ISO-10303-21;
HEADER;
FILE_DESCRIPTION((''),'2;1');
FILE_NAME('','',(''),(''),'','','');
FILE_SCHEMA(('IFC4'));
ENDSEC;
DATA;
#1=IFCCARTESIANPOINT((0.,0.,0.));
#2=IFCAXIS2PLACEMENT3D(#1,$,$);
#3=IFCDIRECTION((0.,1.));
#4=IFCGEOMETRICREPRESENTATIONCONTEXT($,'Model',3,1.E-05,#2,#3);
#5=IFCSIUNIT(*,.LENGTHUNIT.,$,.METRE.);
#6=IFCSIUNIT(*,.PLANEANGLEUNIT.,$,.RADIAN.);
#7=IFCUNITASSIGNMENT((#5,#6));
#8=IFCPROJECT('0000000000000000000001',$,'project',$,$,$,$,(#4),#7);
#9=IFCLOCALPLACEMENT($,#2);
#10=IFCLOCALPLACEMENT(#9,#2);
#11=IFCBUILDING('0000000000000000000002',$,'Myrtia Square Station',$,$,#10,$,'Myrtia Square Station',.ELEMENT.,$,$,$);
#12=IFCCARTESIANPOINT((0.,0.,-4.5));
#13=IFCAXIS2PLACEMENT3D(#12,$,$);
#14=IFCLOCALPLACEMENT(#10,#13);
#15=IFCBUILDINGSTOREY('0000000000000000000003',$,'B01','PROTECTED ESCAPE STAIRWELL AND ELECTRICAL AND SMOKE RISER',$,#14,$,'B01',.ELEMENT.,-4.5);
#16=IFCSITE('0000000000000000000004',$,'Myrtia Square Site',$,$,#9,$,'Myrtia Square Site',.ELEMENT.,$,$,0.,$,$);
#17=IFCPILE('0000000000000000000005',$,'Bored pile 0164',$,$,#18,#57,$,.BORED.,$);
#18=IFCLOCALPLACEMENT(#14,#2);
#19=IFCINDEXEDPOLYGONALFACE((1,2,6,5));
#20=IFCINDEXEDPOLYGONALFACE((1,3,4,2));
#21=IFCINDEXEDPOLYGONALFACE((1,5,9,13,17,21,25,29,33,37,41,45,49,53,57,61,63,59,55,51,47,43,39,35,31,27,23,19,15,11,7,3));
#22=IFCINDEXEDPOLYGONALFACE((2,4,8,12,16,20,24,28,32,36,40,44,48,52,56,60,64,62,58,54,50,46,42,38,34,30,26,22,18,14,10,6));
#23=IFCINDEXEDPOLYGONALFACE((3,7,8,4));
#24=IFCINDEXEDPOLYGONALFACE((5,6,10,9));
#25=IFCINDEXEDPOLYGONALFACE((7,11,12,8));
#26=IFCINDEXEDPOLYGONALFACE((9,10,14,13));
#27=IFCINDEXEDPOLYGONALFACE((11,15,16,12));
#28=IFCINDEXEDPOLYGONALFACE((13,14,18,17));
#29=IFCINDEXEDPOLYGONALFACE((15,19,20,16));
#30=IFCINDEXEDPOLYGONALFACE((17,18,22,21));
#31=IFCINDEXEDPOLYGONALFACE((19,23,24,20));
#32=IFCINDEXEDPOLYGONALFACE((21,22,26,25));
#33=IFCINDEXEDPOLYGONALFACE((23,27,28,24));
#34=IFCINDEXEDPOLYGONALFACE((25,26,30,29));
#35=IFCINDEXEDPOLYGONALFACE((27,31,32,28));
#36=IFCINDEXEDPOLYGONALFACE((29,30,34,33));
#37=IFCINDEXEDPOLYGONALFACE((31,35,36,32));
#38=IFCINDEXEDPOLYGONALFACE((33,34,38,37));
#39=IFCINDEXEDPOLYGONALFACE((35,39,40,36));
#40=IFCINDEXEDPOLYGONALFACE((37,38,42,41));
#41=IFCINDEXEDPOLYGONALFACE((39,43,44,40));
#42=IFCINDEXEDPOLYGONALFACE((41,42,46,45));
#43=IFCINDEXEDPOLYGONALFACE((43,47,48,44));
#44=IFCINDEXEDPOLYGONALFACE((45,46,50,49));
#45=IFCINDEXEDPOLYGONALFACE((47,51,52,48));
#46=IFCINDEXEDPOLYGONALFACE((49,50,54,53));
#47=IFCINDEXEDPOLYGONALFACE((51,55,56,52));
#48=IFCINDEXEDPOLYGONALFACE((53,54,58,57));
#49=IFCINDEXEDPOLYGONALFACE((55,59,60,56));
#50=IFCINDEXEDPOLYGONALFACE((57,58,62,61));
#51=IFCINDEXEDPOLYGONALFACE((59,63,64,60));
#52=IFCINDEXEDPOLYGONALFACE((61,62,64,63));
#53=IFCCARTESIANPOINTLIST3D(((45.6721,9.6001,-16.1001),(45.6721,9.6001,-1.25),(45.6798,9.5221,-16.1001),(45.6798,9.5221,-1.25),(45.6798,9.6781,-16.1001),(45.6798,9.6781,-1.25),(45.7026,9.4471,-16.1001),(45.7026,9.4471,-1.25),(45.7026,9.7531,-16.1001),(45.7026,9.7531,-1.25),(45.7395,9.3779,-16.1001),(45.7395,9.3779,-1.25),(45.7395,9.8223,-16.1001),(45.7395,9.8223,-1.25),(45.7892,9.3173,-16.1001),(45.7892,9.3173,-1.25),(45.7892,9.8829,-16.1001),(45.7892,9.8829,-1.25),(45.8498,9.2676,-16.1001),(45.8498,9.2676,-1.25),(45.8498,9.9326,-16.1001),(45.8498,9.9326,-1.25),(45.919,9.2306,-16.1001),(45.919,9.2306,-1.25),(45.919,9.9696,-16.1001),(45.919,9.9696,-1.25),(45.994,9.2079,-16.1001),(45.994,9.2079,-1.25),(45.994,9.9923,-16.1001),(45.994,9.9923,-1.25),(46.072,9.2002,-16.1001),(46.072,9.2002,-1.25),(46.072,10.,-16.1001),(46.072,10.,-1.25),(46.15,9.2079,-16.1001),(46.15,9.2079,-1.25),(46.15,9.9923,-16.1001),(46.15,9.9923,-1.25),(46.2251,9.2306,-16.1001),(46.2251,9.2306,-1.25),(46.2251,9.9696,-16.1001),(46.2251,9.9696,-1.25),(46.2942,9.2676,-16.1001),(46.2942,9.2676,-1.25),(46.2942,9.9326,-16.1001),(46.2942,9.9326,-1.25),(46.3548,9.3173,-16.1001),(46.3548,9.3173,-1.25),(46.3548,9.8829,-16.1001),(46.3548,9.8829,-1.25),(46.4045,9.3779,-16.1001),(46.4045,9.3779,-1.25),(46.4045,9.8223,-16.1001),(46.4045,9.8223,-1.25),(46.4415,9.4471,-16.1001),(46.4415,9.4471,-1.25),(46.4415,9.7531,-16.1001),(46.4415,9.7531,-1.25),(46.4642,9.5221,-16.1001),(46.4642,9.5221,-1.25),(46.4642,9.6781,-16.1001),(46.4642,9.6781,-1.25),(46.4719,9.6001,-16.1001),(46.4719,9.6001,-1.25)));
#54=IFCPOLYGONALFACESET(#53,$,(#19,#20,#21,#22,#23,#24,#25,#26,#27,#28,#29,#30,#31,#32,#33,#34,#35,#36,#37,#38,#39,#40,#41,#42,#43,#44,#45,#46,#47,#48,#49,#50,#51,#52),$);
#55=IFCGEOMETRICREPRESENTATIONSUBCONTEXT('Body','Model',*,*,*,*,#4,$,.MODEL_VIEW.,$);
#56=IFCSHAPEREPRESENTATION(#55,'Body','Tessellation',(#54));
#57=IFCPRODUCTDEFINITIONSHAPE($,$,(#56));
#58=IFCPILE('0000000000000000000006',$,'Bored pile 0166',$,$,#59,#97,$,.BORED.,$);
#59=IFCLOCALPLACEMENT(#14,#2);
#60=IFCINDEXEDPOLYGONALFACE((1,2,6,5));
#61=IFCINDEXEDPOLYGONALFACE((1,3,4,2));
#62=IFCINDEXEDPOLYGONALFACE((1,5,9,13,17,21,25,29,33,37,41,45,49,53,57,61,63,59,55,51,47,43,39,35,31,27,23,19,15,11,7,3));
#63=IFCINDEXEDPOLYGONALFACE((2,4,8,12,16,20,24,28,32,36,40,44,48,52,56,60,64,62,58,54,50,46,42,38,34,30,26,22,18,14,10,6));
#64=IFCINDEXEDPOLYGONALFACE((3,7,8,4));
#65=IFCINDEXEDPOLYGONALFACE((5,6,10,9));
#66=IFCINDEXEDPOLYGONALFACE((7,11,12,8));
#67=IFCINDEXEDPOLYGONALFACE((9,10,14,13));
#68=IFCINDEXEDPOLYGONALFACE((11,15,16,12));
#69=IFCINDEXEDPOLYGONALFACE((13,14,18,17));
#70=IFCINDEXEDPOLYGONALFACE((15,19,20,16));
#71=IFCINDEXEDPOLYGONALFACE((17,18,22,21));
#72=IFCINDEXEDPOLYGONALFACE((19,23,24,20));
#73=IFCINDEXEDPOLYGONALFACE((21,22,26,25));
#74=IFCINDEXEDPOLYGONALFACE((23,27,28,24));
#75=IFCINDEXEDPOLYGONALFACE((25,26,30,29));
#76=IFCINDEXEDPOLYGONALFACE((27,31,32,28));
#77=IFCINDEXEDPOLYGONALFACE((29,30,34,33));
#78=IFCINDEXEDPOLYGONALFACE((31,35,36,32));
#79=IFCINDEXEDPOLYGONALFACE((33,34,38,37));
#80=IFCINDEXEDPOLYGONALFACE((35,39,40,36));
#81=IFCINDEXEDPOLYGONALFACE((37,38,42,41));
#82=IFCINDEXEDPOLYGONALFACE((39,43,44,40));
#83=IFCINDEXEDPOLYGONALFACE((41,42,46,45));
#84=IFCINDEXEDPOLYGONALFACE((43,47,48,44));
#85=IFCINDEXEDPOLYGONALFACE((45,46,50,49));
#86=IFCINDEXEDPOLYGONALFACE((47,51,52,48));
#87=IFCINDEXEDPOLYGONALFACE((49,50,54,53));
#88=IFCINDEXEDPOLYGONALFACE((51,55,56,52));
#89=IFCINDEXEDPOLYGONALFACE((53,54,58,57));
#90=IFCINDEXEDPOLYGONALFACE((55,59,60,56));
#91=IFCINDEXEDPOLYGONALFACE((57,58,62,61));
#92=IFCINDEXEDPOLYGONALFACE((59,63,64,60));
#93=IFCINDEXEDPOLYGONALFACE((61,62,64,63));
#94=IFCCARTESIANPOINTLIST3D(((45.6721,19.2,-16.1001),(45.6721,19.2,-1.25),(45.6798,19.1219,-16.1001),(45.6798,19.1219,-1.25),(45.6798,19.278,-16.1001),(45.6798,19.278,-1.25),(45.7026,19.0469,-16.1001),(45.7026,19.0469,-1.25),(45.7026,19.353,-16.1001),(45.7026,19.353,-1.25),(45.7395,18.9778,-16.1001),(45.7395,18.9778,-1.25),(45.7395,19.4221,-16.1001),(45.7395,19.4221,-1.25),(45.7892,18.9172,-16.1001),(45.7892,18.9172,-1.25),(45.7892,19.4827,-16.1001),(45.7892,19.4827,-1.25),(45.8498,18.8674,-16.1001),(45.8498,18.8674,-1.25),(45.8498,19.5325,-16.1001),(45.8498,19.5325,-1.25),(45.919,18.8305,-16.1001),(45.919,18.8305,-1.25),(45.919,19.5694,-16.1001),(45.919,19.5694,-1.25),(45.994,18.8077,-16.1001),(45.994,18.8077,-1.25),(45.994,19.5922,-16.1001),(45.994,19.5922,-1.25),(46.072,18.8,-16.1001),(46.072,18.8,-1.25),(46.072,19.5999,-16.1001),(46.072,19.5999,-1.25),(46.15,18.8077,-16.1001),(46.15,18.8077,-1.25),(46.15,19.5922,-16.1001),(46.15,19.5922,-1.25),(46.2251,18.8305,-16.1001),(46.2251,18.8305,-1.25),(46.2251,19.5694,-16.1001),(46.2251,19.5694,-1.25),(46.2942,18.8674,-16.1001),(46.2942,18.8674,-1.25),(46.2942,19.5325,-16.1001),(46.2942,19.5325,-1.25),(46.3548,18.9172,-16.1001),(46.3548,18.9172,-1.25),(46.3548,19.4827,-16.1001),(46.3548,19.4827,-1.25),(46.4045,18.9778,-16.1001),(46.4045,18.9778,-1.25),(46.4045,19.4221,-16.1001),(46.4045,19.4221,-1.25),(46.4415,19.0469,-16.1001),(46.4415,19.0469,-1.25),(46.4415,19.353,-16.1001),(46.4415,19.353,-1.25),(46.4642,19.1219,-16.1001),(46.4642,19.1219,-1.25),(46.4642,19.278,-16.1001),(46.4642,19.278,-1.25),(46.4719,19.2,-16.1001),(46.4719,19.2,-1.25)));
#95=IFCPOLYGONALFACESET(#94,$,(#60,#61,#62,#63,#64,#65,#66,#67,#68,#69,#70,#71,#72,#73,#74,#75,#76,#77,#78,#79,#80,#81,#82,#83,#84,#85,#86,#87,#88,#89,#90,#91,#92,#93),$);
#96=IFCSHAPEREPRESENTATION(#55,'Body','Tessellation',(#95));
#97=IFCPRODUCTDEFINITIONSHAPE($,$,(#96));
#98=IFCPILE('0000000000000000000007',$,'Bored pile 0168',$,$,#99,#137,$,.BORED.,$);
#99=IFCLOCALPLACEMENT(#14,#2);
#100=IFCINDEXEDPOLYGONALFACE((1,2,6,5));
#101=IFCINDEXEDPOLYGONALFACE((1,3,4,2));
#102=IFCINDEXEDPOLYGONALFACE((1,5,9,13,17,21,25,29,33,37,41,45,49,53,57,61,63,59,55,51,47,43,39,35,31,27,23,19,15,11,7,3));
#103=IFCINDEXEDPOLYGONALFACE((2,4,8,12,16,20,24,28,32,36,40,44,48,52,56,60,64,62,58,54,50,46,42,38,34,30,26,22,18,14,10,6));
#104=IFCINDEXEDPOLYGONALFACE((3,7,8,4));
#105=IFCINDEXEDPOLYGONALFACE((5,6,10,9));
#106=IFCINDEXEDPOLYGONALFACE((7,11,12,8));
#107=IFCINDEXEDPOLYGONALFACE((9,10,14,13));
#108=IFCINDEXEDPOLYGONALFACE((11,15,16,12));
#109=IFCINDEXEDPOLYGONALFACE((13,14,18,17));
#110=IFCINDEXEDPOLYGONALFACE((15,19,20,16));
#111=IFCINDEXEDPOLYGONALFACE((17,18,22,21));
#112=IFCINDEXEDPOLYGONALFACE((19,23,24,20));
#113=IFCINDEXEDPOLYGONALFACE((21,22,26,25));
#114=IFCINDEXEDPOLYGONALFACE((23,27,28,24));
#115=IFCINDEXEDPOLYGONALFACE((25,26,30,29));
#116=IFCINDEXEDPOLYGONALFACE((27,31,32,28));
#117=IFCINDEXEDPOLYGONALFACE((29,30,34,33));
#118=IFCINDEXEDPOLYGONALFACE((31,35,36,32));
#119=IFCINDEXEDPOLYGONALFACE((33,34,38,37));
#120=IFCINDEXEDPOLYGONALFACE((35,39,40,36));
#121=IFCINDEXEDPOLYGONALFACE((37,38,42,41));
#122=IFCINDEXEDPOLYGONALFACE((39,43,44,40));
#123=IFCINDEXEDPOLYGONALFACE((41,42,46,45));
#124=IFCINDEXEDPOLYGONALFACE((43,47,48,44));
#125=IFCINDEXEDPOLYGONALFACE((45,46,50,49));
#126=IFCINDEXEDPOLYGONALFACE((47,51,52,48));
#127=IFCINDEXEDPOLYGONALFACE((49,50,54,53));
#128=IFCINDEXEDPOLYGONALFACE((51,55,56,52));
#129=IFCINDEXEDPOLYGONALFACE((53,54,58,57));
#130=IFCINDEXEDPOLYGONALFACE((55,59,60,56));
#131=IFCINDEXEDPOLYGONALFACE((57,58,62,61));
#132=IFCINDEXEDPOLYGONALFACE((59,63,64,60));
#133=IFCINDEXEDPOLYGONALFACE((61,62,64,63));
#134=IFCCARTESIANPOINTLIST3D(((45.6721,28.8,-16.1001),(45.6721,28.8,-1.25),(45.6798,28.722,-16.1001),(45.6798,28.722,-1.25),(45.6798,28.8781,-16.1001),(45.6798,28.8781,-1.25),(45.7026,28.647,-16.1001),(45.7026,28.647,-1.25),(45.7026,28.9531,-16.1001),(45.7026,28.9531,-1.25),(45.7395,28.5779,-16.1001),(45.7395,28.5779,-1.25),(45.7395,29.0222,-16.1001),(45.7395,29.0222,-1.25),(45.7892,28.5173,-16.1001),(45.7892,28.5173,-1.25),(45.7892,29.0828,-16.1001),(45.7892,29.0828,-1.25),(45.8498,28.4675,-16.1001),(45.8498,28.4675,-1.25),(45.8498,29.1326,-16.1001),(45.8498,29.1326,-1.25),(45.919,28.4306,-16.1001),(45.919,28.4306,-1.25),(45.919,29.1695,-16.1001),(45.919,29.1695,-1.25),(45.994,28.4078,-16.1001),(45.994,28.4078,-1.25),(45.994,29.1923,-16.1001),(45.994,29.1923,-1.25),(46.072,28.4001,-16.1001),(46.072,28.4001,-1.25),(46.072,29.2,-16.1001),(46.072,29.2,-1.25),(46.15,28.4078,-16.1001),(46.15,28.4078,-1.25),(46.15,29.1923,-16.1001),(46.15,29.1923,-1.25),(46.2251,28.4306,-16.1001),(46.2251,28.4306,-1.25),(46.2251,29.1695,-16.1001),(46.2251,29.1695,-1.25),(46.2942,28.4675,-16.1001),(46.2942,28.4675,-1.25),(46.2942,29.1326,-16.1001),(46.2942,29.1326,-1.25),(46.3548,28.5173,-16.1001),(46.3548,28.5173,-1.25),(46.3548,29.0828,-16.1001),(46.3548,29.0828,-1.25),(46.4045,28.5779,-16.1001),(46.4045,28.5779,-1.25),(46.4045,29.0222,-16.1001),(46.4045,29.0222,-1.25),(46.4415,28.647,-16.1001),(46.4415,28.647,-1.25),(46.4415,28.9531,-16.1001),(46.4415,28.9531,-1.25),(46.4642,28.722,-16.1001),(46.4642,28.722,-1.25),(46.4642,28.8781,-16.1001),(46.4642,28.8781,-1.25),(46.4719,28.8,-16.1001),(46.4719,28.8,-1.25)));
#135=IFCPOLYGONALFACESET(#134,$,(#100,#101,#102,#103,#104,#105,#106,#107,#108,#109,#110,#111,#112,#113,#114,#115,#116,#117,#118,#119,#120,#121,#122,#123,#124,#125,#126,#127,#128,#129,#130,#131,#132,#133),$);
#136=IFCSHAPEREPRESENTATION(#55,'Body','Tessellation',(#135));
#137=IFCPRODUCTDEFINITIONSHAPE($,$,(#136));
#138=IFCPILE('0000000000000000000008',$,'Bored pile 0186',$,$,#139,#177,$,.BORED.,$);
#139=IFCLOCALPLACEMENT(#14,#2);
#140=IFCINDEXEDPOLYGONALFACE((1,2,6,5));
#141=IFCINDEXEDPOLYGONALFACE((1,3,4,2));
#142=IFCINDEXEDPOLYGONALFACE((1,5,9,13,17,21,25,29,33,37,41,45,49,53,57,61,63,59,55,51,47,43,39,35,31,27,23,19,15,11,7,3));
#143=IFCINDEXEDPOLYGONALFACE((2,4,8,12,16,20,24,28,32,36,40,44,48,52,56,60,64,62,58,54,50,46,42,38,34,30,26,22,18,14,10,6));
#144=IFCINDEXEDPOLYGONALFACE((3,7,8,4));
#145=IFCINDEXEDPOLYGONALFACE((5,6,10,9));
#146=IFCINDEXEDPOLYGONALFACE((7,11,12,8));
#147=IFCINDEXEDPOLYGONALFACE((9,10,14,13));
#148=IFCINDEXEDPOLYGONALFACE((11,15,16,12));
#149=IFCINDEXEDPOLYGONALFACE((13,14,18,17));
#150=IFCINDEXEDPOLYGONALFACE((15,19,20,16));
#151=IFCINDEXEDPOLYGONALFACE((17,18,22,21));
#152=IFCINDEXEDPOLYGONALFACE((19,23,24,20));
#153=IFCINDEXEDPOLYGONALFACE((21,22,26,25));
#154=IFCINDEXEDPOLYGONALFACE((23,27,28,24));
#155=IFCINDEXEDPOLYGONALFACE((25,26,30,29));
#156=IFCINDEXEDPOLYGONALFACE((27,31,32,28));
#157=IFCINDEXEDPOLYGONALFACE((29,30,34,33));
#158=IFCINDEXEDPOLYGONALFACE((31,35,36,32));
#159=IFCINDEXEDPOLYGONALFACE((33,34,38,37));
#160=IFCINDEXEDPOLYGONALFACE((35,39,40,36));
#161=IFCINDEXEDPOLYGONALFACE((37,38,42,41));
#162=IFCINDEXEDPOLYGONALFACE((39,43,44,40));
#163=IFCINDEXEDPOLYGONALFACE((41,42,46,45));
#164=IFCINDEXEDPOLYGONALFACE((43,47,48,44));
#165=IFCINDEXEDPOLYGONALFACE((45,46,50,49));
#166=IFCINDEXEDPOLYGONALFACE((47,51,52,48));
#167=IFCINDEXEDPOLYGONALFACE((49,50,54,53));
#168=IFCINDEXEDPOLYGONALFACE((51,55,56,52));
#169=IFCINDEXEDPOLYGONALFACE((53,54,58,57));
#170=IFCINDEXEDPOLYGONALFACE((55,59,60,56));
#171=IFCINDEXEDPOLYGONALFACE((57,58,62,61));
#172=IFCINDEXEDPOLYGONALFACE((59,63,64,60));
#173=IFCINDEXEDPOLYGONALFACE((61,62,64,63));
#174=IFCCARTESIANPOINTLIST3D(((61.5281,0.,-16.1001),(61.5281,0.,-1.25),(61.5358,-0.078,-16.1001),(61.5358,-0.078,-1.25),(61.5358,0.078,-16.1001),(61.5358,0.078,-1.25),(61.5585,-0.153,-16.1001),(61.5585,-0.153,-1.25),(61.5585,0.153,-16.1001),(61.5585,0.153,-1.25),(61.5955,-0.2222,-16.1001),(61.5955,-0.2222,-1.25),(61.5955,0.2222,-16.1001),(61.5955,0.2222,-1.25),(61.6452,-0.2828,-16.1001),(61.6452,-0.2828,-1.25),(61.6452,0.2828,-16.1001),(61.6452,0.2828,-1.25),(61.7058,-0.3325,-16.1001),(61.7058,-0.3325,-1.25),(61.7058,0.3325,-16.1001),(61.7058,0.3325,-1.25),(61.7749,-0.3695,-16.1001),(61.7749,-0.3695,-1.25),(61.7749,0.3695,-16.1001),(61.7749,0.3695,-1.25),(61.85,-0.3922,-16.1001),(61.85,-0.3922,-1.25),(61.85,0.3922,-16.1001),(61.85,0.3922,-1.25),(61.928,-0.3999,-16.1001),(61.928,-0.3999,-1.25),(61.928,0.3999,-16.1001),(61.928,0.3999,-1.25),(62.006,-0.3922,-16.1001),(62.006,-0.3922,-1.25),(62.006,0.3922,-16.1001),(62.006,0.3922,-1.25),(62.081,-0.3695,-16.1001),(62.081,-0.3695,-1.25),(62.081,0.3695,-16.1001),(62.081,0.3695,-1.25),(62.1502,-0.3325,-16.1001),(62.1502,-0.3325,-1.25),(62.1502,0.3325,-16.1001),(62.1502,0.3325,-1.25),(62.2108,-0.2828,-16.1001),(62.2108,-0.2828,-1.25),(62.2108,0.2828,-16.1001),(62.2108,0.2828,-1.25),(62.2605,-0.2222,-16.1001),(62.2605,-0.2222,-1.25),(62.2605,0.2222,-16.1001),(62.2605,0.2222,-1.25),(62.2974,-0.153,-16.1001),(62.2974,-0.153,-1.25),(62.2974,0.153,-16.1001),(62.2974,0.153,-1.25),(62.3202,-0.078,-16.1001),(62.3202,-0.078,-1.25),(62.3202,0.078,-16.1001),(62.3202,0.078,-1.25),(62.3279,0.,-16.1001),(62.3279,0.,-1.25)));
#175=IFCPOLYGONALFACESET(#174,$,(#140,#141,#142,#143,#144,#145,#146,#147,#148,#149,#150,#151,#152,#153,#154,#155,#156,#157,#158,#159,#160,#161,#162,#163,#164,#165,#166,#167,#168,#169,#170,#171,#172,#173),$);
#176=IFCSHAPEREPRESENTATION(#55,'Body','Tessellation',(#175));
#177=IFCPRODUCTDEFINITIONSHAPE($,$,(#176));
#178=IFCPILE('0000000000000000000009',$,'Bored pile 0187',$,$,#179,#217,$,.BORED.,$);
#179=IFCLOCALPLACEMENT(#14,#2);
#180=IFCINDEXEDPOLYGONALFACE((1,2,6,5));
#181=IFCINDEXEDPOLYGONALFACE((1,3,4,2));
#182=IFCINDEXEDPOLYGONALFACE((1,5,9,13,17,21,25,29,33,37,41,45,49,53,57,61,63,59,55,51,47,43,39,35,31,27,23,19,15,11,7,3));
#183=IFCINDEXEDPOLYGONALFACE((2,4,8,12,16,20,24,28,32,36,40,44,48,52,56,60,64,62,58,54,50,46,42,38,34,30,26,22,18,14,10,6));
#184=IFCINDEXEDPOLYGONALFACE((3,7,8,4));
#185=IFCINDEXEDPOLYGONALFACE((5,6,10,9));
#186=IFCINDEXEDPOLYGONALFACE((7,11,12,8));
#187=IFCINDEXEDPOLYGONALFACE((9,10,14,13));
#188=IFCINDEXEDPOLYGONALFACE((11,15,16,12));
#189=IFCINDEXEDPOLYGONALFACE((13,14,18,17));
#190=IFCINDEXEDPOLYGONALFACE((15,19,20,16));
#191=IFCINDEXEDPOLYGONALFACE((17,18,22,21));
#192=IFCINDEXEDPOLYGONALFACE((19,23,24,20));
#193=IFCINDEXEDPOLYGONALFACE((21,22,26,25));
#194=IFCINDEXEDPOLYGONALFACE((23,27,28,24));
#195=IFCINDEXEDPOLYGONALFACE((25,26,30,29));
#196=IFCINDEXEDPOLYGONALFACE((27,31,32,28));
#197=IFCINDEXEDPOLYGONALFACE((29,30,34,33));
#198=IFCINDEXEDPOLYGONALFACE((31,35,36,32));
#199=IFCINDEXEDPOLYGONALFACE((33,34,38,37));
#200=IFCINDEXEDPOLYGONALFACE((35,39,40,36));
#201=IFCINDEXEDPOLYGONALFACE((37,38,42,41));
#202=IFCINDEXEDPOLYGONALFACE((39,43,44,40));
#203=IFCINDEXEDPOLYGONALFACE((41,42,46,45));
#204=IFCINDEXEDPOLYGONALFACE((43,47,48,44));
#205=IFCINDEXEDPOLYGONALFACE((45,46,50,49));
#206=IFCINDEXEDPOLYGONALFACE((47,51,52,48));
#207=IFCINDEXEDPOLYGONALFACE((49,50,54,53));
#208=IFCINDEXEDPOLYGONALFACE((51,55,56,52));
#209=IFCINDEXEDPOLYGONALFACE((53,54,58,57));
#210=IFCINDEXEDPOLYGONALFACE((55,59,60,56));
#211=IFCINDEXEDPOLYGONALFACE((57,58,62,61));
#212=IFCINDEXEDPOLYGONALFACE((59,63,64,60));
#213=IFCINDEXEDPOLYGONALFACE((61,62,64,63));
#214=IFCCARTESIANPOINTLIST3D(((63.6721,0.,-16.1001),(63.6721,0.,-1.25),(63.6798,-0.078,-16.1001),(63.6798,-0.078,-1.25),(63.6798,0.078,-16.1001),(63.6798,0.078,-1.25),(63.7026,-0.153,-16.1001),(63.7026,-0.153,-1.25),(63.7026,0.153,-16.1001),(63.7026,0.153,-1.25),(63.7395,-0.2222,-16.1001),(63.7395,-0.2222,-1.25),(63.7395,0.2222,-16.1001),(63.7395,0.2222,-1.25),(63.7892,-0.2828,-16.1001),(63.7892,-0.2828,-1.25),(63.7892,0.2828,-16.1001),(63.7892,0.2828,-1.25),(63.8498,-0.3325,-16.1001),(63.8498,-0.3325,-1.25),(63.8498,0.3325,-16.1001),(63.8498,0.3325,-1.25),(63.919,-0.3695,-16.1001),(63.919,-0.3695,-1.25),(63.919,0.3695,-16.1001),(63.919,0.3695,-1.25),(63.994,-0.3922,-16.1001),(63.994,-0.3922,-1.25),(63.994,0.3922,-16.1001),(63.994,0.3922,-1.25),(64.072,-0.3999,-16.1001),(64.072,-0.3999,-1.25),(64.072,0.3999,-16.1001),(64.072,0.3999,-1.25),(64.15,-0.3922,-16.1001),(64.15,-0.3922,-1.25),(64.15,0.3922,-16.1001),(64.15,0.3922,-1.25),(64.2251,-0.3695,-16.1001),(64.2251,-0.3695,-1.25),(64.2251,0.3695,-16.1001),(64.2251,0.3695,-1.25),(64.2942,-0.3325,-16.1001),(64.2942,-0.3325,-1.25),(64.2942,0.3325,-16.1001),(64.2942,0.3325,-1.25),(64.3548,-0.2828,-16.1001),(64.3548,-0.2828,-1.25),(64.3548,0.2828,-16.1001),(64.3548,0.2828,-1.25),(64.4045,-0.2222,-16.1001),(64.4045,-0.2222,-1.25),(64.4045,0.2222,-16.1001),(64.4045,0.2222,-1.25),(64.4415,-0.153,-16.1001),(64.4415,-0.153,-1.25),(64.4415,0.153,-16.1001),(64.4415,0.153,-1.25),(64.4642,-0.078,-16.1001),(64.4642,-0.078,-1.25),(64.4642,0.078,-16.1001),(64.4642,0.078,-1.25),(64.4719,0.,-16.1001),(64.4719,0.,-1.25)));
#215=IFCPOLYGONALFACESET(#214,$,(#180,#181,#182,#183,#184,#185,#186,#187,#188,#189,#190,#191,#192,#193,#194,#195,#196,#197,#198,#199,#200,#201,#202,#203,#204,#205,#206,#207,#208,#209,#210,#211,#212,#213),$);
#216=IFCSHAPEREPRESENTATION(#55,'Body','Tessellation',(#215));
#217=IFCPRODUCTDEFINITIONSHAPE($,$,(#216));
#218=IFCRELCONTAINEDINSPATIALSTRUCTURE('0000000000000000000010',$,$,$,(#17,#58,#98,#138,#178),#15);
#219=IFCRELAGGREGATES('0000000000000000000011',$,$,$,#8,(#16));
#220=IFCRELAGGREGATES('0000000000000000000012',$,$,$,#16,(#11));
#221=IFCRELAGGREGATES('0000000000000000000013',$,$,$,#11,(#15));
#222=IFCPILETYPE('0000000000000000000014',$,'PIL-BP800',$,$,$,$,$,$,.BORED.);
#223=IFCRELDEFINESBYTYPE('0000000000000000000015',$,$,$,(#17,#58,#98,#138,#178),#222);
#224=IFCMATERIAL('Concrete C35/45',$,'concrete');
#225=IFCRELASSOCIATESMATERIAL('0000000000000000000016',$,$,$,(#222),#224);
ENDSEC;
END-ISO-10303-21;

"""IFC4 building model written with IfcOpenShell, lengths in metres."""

from ifc_helpers import new_model, si_unit, direction, frame, origin, origin_2d, place, context, subcontext, project, spatial, circle, extrude, material, material_profile, profile_set, type_object, element, save


model = new_model("IFC4")

# Units and contexts
model_context = context("Model", 3, precision=1e-05, world=origin(), true_north=direction((0.0, 1.0)))
body_context = subcontext(model_context, "Body", "Model", "MODEL_VIEW")
ifc_project = project(units=[si_unit("LENGTHUNIT", "METRE"), si_unit("PLANEANGLEUNIT", "RADIAN")], contexts=[model_context])

# Site, building, storey
site_placement = place(None, origin())
site = spatial("IfcSite", under=ifc_project, at=site_placement, Name="Myrtia Square Site", LongName="Myrtia Square Site", CompositionType="ELEMENT", RefElevation=0.0)
building_placement = place(site_placement, origin())
building = spatial("IfcBuilding", under=site, at=building_placement, Name="Myrtia Square Station", LongName="Myrtia Square Station", CompositionType="ELEMENT")
storey_placement = place(building_placement, frame((0.0, 0.0, -4.5)))
storey = spatial("IfcBuildingStorey", under=building, at=storey_placement, Name="B01", Description="PROTECTED ESCAPE STAIRWELL AND ELECTRICAL AND SMOKE RISER", LongName="B01", CompositionType="ELEMENT", Elevation=-4.5)

# Shared definitions
ifc_material_1 = material(Name="Concrete C35/45", Category="concrete")

# Piles
ifc_material_profile_1 = material_profile(ifc_material_1, circle(Radius=0.3999, at=origin_2d()), Name="BP D800")
ifc_profile_set_1 = profile_set([ifc_material_profile_1], Name="Concrete C35/45")
pile_type = type_object("IfcPileType", Name="PIL-BP800", PredefinedType="BORED", material=ifc_profile_set_1)
for number, where, z_axis, x_axis, name in (
    (1, (46.072, 9.6001, -1.25), (0.0, 0.0, -1.0), (1.0, 0.0, 0.0), "Bored pile 0164"),
    (2, (46.072, 19.2, -1.25), (0.0, 0.0, -1.0), (1.0, 0.0, 0.0), "Bored pile 0166"),
    (3, (46.072, 28.8, -1.25), (0.0, 0.0, -1.0), (1.0, 0.0, 0.0), "Bored pile 0168"),
    (4, (61.928, 0.0, -1.25), (0.0, 0.0, -1.0), (1.0, 0.0, 0.0), "Bored pile 0186"),
    (5, (64.072, 0.0, -1.25), (0.0, 0.0, -1.0), (1.0, 0.0, 0.0), "Bored pile 0187"),
):
    element("IfcPile", number, at=place(storey_placement, frame(where, z_axis=z_axis, x_axis=x_axis)), inside=storey, type_object=pile_type, Name=name, PredefinedType="BORED", context=body_context, shape_type="SweptSolid", body=[
        extrude(circle(Radius=0.3999, at=origin_2d()), origin(), (0.0, 0.0, 1.0), 14.8501),
    ])

save(model, "model.ifc")
